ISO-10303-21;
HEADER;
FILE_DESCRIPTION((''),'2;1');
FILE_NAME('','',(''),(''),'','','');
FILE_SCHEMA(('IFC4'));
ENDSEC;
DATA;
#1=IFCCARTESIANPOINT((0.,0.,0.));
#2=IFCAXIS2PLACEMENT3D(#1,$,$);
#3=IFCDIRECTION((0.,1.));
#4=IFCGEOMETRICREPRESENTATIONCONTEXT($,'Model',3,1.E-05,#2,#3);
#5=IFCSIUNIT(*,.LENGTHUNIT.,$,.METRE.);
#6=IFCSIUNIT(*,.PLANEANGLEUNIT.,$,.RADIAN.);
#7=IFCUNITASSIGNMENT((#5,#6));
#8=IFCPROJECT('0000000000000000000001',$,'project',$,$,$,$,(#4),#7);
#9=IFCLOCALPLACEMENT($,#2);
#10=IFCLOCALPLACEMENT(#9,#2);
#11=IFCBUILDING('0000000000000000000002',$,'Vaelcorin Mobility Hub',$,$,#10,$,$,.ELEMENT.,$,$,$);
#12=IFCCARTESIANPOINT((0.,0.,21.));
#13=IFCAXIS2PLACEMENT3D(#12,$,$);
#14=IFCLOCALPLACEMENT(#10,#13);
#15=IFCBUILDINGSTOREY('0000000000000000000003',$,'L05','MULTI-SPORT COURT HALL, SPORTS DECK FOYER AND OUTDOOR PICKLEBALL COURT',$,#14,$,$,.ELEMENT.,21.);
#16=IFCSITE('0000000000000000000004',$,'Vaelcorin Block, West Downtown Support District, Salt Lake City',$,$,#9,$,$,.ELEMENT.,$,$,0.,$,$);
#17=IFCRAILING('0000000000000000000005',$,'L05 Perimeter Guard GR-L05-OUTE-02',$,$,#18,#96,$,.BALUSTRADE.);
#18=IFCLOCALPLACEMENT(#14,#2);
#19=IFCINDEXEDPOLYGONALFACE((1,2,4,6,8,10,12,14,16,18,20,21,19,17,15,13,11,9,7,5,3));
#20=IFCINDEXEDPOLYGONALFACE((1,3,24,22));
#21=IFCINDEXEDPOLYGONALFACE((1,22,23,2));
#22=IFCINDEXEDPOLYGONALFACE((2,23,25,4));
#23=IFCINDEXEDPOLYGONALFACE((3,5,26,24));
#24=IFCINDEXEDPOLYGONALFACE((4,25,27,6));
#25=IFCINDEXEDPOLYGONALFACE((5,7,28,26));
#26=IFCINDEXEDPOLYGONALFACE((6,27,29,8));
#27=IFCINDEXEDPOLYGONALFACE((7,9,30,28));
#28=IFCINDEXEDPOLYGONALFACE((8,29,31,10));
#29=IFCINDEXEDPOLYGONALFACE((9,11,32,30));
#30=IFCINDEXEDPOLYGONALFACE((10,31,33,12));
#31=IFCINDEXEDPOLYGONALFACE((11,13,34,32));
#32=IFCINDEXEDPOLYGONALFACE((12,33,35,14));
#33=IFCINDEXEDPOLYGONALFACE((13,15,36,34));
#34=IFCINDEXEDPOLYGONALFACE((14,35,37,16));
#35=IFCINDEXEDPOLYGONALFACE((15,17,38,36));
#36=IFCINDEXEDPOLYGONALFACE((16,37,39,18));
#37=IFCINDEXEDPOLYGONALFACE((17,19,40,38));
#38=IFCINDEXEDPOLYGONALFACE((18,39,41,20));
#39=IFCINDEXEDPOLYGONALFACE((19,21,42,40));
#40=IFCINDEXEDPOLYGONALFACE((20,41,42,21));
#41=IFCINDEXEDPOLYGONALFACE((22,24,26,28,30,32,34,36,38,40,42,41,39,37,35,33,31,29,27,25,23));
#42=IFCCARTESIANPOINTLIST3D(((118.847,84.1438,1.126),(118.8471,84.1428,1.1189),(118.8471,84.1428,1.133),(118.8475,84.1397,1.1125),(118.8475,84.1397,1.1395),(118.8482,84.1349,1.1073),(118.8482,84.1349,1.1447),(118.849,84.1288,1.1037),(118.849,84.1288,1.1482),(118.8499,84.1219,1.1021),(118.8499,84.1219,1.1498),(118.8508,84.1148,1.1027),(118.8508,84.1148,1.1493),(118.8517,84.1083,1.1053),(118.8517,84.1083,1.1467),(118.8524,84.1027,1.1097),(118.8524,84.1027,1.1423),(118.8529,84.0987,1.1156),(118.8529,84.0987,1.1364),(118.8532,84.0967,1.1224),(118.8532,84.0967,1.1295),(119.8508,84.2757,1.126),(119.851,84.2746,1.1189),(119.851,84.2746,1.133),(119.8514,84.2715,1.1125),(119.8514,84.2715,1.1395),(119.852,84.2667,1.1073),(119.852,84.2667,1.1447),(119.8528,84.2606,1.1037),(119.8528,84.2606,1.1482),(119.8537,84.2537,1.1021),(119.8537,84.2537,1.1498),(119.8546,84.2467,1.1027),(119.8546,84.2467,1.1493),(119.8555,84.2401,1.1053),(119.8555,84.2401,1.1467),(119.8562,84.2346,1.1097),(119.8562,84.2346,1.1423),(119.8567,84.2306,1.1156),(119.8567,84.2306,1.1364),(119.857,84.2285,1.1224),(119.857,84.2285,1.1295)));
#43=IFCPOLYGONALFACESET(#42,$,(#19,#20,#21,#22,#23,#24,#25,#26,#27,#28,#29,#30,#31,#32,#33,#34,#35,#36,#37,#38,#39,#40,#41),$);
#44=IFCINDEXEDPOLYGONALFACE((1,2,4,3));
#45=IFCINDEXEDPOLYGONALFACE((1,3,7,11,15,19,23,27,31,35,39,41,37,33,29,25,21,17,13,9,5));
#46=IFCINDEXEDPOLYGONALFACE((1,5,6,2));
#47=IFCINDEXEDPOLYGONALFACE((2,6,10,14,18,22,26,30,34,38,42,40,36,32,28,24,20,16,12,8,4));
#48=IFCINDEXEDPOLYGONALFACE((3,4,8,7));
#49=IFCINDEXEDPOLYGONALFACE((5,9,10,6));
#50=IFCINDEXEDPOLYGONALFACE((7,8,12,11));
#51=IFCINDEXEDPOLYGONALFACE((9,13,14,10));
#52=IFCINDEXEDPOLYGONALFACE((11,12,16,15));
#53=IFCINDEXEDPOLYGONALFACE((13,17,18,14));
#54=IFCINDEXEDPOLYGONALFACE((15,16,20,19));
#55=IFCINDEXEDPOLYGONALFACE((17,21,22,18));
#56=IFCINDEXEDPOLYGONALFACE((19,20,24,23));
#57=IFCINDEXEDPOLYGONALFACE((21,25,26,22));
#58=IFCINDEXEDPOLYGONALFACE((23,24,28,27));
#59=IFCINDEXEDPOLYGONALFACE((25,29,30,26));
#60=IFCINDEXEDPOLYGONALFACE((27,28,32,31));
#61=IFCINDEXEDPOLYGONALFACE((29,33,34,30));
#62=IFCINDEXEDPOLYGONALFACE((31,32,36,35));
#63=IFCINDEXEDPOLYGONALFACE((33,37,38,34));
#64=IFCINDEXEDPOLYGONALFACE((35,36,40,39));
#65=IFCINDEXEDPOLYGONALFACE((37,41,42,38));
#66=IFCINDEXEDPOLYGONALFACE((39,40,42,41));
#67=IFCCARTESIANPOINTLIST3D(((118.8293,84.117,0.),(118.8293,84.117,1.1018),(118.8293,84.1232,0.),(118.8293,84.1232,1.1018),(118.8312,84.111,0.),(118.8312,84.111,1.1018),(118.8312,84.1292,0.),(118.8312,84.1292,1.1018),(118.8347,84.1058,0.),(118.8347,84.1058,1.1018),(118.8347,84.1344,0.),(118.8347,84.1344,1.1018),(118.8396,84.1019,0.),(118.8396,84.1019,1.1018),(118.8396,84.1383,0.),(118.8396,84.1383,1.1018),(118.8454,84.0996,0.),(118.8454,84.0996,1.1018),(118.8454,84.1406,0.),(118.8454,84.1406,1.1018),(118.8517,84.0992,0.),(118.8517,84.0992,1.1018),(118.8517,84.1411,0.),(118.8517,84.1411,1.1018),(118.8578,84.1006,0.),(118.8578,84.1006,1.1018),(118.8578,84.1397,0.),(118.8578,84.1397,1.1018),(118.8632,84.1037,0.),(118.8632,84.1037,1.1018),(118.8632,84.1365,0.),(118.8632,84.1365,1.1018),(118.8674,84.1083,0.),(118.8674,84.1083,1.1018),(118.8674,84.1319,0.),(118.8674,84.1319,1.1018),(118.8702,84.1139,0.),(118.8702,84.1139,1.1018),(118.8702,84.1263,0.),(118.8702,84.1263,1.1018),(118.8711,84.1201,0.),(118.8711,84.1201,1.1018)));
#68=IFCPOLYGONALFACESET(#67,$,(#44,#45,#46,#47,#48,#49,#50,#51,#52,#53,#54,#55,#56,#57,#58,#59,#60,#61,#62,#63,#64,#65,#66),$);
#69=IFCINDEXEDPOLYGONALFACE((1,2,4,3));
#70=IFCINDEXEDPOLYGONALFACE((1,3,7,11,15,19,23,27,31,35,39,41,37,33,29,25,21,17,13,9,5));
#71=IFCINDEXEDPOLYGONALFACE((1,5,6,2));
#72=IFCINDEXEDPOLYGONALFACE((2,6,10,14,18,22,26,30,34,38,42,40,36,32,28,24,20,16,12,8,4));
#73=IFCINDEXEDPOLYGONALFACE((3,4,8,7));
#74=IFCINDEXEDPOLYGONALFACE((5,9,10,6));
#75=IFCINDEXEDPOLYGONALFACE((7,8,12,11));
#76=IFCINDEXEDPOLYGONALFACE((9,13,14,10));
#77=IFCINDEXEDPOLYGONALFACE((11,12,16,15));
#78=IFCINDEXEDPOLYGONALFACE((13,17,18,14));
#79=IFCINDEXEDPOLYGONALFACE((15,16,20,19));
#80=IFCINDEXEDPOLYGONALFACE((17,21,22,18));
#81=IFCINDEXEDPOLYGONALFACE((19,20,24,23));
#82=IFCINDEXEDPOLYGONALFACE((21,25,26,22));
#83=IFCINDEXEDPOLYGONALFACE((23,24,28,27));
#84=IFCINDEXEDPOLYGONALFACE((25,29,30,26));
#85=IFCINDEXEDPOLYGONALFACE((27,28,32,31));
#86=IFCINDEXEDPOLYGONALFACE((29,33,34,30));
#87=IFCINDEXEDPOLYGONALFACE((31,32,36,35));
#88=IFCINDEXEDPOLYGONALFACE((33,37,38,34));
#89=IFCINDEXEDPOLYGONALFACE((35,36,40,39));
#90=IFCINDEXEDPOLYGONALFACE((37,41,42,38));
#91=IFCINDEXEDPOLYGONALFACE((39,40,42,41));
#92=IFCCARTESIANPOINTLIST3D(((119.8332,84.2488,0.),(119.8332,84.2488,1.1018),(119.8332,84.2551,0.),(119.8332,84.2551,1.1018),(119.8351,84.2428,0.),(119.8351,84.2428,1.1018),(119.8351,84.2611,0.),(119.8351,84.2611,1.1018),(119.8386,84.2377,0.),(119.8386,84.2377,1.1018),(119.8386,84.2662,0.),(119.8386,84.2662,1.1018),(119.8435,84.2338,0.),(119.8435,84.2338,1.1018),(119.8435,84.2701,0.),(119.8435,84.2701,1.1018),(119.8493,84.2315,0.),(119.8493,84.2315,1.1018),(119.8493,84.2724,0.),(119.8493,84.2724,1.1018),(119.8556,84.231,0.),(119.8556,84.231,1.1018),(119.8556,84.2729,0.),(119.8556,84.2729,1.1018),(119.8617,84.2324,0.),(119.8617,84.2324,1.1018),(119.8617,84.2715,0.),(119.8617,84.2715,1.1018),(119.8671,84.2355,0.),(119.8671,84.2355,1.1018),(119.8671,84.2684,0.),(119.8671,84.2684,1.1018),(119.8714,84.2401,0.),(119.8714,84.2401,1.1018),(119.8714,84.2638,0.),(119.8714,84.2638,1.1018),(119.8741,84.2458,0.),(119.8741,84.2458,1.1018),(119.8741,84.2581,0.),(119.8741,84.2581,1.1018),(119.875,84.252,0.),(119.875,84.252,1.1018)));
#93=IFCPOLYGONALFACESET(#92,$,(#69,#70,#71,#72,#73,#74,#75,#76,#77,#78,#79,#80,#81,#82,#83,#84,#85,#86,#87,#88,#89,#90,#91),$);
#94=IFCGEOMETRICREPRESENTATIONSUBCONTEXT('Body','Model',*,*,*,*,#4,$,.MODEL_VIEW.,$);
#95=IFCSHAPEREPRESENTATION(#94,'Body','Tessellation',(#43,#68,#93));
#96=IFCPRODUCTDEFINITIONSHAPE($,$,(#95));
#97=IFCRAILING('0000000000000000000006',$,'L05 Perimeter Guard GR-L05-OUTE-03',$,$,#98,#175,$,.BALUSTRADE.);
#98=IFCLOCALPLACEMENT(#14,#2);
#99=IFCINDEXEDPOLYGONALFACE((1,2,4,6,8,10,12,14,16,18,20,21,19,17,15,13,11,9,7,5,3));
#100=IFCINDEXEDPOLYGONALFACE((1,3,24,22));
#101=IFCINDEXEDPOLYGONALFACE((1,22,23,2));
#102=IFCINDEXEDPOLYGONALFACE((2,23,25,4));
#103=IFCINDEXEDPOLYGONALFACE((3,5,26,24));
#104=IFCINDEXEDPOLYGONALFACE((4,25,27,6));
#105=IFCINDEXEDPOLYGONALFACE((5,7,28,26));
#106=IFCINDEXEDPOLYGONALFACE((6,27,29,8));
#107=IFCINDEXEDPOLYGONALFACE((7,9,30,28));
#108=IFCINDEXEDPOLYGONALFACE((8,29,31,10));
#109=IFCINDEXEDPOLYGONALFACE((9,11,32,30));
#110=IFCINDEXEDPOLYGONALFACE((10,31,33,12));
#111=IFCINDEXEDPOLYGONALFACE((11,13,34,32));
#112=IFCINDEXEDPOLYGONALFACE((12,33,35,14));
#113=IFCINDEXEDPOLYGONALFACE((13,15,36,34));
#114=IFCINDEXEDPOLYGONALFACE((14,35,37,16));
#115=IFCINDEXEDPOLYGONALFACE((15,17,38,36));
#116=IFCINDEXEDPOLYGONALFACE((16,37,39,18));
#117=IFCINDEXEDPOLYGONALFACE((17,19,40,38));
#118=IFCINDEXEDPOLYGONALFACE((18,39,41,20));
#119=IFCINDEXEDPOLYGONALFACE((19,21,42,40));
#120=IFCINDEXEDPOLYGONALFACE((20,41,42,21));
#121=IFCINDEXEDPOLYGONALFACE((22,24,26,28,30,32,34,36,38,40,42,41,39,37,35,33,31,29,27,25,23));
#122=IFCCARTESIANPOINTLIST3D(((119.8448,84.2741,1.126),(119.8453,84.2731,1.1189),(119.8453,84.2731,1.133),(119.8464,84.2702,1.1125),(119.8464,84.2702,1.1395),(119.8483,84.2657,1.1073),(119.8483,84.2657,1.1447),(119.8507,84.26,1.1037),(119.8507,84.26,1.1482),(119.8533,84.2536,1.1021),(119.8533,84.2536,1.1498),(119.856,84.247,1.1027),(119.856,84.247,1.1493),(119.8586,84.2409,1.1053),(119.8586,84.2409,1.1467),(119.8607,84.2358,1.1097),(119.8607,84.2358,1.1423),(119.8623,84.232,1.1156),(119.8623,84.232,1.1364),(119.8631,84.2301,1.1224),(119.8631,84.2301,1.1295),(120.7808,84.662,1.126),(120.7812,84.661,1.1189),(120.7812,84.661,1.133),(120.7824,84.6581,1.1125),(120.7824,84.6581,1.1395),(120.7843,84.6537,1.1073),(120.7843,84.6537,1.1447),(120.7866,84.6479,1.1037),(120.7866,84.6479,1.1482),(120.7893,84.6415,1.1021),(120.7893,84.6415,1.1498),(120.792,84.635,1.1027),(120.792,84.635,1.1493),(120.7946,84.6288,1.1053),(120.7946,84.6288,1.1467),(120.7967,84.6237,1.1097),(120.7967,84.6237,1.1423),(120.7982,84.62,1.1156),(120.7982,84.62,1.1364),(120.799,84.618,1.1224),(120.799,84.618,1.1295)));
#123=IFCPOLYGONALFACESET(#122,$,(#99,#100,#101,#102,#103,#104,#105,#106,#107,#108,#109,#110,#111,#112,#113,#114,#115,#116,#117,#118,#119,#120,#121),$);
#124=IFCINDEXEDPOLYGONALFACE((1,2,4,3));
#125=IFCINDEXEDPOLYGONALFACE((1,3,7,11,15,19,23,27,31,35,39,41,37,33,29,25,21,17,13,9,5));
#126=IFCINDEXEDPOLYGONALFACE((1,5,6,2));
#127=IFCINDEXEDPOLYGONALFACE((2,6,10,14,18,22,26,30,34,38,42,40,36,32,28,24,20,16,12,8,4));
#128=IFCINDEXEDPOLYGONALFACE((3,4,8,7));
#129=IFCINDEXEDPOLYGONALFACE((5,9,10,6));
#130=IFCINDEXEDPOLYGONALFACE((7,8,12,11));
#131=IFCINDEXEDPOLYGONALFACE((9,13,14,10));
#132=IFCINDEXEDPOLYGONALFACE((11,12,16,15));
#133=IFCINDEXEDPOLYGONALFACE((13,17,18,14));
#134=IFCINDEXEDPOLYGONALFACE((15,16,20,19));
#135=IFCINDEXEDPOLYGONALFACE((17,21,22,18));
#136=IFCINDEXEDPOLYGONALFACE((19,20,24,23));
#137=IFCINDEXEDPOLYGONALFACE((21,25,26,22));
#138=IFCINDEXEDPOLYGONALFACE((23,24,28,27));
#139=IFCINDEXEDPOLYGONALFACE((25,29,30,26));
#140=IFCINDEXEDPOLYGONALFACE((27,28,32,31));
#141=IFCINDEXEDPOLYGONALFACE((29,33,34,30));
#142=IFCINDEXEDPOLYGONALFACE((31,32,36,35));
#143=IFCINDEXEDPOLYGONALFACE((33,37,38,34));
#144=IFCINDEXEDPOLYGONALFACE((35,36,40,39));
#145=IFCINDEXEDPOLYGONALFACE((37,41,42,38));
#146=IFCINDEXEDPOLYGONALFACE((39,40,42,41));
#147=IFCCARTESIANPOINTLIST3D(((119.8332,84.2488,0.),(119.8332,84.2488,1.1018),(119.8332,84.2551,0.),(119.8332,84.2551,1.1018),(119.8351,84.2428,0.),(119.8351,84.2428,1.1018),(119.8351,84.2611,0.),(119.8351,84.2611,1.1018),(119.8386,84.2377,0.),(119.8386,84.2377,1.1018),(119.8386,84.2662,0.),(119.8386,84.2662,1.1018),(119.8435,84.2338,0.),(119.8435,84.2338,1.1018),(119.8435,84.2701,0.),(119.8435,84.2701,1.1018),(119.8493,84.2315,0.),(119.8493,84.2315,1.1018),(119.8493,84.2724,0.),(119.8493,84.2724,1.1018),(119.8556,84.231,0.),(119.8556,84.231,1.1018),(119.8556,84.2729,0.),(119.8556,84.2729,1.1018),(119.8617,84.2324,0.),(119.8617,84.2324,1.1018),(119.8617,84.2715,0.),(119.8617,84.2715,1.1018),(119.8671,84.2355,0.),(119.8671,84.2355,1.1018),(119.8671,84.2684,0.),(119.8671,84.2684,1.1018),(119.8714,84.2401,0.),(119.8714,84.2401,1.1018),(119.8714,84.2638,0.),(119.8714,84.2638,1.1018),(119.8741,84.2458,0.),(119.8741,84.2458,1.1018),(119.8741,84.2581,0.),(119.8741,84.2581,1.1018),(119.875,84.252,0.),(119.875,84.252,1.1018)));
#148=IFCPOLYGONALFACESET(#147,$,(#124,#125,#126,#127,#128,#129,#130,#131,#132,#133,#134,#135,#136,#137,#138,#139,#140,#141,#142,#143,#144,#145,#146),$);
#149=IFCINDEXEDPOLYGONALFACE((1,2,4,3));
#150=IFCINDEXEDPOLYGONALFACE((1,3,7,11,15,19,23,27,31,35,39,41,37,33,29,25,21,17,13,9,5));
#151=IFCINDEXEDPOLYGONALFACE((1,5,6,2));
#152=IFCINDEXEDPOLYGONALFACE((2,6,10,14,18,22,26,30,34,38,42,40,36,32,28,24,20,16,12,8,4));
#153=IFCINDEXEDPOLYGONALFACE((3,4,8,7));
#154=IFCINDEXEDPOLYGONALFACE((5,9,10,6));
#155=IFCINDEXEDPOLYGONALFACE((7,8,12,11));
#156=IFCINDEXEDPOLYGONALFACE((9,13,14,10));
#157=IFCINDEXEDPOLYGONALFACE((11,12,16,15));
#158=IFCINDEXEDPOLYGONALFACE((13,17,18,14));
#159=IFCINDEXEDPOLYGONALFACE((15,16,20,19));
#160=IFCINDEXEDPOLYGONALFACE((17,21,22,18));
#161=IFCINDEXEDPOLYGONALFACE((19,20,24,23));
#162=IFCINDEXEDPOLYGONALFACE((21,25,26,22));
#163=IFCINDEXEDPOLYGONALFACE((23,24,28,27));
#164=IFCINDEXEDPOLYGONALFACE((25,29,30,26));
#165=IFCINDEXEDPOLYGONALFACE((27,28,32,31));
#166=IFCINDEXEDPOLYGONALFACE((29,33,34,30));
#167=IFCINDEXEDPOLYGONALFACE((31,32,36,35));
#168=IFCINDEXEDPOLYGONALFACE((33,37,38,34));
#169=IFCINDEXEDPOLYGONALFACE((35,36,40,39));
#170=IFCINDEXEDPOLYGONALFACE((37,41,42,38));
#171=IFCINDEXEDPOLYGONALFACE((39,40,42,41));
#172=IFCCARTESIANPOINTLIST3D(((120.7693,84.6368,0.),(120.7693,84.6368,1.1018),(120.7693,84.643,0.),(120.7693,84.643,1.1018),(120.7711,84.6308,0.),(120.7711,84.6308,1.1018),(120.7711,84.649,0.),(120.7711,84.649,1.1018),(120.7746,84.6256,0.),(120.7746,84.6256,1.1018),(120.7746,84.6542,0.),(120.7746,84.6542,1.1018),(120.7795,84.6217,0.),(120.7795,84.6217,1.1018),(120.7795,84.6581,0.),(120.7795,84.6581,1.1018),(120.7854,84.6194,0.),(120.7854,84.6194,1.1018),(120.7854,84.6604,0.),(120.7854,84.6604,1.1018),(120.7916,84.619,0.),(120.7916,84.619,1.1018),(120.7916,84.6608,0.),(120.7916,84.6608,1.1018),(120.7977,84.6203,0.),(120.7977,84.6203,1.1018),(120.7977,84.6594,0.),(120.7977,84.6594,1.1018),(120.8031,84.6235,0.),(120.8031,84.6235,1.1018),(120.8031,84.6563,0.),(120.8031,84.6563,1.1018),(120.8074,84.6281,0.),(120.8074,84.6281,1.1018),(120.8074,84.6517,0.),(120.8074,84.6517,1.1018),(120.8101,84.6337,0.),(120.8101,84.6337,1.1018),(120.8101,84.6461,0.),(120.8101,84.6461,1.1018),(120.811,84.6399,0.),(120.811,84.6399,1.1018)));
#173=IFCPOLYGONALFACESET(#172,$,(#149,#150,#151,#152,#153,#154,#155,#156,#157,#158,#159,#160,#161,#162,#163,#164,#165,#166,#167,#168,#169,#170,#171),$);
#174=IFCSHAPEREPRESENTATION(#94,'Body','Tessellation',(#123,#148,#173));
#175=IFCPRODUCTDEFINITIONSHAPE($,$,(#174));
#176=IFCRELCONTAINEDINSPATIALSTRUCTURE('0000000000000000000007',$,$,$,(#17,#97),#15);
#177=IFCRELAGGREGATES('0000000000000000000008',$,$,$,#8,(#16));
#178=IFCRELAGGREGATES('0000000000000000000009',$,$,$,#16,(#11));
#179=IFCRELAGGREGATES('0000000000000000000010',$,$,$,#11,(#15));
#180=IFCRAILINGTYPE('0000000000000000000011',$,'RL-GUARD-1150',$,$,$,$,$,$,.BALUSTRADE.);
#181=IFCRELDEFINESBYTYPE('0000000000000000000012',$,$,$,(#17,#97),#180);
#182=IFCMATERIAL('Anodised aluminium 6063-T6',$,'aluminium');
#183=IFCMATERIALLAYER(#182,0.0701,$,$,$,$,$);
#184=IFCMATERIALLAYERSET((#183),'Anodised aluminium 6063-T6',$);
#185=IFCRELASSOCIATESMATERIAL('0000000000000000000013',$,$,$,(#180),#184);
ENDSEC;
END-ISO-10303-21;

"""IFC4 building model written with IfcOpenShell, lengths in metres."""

from ifc_helpers import new_model, si_unit, direction, frame, origin, origin_2d, place, context, subcontext, project, spatial, circle, extrude, material, layer, layer_set, type_object, element, save


model = new_model("IFC4")

# Units and contexts
model_context = context("Model", 3, precision=1e-05, world=origin(), true_north=direction((0.0, 1.0)))
body_context = subcontext(model_context, "Body", "Model", "MODEL_VIEW")
ifc_project = project(units=[si_unit("LENGTHUNIT", "METRE"), si_unit("PLANEANGLEUNIT", "RADIAN")], contexts=[model_context])

# Site, building, storey
site_placement = place(None, origin())
site = spatial("IfcSite", under=ifc_project, at=site_placement, Name="Vaelcorin Block, West Downtown Support District, Salt Lake City", CompositionType="ELEMENT", RefElevation=0.0)
building_placement = place(site_placement, origin())
building = spatial("IfcBuilding", under=site, at=building_placement, Name="Vaelcorin Mobility Hub", CompositionType="ELEMENT")
storey_placement = place(building_placement, frame((0.0, 0.0, 21.0)))
storey = spatial("IfcBuildingStorey", under=building, at=storey_placement, Name="L05", Description="MULTI-SPORT COURT HALL, SPORTS DECK FOYER AND OUTDOOR PICKLEBALL COURT", CompositionType="ELEMENT", Elevation=21.0)

# Shared definitions
ifc_material_1 = material(Name="Anodised aluminium 6063-T6", Category="aluminium")

# Railings
ifc_layer_1 = layer(ifc_material_1, 0.0701)
ifc_layer_set_1 = layer_set([ifc_layer_1], Name="Anodised aluminium 6063-T6")
railing_type = type_object("IfcRailingType", Name="RL-GUARD-1150", PredefinedType="BALUSTRADE", material=ifc_layer_set_1)
railing_1_placement = place(storey_placement, frame((118.8501, 84.1201, 0.0)))
element("IfcRailing", 1, at=railing_1_placement, inside=storey, type_object=railing_type, Name="L05 Perimeter Guard GR-L05-OUTE-02", PredefinedType="BALUSTRADE", context=body_context, shape_type="SweptSolid", body=[
    extrude(circle(Radius=0.0239, at=origin_2d()), frame((0.0, 0.0, 1.126), z_axis=(0.991487, 0.130205, 0.0), x_axis=(-0.130205, 0.991487, 0.0)), (0.0, 0.0, 1.0), 1.0125),
    extrude(circle(Radius=0.021, at=origin_2d()), origin(), (0.0, 0.0, 1.0), 1.1018),
    extrude(circle(Radius=0.021, at=origin_2d()), frame((1.0039, 0.1318, 0.0)), (0.0, 0.0, 1.0), 1.1018),
])
railing_2_placement = place(storey_placement, frame((119.854, 84.252, 0.0)))
element("IfcRailing", 2, at=railing_2_placement, inside=storey, type_object=railing_type, Name="L05 Perimeter Guard GR-L05-OUTE-03", PredefinedType="BALUSTRADE", context=body_context, shape_type="SweptSolid", body=[
    extrude(circle(Radius=0.0239, at=origin_2d()), frame((0.0, 0.0, 1.126), z_axis=(0.923802, 0.38287, 0.0), x_axis=(-0.38287, 0.923802, 0.0)), (0.0, 0.0, 1.0), 1.0132),
    extrude(circle(Radius=0.021, at=origin_2d()), origin(), (0.0, 0.0, 1.0), 1.1018),
    extrude(circle(Radius=0.021, at=origin_2d()), frame((0.936, 0.3879, 0.0)), (0.0, 0.0, 1.0), 1.1018),
])

save(model, "model.ifc")
